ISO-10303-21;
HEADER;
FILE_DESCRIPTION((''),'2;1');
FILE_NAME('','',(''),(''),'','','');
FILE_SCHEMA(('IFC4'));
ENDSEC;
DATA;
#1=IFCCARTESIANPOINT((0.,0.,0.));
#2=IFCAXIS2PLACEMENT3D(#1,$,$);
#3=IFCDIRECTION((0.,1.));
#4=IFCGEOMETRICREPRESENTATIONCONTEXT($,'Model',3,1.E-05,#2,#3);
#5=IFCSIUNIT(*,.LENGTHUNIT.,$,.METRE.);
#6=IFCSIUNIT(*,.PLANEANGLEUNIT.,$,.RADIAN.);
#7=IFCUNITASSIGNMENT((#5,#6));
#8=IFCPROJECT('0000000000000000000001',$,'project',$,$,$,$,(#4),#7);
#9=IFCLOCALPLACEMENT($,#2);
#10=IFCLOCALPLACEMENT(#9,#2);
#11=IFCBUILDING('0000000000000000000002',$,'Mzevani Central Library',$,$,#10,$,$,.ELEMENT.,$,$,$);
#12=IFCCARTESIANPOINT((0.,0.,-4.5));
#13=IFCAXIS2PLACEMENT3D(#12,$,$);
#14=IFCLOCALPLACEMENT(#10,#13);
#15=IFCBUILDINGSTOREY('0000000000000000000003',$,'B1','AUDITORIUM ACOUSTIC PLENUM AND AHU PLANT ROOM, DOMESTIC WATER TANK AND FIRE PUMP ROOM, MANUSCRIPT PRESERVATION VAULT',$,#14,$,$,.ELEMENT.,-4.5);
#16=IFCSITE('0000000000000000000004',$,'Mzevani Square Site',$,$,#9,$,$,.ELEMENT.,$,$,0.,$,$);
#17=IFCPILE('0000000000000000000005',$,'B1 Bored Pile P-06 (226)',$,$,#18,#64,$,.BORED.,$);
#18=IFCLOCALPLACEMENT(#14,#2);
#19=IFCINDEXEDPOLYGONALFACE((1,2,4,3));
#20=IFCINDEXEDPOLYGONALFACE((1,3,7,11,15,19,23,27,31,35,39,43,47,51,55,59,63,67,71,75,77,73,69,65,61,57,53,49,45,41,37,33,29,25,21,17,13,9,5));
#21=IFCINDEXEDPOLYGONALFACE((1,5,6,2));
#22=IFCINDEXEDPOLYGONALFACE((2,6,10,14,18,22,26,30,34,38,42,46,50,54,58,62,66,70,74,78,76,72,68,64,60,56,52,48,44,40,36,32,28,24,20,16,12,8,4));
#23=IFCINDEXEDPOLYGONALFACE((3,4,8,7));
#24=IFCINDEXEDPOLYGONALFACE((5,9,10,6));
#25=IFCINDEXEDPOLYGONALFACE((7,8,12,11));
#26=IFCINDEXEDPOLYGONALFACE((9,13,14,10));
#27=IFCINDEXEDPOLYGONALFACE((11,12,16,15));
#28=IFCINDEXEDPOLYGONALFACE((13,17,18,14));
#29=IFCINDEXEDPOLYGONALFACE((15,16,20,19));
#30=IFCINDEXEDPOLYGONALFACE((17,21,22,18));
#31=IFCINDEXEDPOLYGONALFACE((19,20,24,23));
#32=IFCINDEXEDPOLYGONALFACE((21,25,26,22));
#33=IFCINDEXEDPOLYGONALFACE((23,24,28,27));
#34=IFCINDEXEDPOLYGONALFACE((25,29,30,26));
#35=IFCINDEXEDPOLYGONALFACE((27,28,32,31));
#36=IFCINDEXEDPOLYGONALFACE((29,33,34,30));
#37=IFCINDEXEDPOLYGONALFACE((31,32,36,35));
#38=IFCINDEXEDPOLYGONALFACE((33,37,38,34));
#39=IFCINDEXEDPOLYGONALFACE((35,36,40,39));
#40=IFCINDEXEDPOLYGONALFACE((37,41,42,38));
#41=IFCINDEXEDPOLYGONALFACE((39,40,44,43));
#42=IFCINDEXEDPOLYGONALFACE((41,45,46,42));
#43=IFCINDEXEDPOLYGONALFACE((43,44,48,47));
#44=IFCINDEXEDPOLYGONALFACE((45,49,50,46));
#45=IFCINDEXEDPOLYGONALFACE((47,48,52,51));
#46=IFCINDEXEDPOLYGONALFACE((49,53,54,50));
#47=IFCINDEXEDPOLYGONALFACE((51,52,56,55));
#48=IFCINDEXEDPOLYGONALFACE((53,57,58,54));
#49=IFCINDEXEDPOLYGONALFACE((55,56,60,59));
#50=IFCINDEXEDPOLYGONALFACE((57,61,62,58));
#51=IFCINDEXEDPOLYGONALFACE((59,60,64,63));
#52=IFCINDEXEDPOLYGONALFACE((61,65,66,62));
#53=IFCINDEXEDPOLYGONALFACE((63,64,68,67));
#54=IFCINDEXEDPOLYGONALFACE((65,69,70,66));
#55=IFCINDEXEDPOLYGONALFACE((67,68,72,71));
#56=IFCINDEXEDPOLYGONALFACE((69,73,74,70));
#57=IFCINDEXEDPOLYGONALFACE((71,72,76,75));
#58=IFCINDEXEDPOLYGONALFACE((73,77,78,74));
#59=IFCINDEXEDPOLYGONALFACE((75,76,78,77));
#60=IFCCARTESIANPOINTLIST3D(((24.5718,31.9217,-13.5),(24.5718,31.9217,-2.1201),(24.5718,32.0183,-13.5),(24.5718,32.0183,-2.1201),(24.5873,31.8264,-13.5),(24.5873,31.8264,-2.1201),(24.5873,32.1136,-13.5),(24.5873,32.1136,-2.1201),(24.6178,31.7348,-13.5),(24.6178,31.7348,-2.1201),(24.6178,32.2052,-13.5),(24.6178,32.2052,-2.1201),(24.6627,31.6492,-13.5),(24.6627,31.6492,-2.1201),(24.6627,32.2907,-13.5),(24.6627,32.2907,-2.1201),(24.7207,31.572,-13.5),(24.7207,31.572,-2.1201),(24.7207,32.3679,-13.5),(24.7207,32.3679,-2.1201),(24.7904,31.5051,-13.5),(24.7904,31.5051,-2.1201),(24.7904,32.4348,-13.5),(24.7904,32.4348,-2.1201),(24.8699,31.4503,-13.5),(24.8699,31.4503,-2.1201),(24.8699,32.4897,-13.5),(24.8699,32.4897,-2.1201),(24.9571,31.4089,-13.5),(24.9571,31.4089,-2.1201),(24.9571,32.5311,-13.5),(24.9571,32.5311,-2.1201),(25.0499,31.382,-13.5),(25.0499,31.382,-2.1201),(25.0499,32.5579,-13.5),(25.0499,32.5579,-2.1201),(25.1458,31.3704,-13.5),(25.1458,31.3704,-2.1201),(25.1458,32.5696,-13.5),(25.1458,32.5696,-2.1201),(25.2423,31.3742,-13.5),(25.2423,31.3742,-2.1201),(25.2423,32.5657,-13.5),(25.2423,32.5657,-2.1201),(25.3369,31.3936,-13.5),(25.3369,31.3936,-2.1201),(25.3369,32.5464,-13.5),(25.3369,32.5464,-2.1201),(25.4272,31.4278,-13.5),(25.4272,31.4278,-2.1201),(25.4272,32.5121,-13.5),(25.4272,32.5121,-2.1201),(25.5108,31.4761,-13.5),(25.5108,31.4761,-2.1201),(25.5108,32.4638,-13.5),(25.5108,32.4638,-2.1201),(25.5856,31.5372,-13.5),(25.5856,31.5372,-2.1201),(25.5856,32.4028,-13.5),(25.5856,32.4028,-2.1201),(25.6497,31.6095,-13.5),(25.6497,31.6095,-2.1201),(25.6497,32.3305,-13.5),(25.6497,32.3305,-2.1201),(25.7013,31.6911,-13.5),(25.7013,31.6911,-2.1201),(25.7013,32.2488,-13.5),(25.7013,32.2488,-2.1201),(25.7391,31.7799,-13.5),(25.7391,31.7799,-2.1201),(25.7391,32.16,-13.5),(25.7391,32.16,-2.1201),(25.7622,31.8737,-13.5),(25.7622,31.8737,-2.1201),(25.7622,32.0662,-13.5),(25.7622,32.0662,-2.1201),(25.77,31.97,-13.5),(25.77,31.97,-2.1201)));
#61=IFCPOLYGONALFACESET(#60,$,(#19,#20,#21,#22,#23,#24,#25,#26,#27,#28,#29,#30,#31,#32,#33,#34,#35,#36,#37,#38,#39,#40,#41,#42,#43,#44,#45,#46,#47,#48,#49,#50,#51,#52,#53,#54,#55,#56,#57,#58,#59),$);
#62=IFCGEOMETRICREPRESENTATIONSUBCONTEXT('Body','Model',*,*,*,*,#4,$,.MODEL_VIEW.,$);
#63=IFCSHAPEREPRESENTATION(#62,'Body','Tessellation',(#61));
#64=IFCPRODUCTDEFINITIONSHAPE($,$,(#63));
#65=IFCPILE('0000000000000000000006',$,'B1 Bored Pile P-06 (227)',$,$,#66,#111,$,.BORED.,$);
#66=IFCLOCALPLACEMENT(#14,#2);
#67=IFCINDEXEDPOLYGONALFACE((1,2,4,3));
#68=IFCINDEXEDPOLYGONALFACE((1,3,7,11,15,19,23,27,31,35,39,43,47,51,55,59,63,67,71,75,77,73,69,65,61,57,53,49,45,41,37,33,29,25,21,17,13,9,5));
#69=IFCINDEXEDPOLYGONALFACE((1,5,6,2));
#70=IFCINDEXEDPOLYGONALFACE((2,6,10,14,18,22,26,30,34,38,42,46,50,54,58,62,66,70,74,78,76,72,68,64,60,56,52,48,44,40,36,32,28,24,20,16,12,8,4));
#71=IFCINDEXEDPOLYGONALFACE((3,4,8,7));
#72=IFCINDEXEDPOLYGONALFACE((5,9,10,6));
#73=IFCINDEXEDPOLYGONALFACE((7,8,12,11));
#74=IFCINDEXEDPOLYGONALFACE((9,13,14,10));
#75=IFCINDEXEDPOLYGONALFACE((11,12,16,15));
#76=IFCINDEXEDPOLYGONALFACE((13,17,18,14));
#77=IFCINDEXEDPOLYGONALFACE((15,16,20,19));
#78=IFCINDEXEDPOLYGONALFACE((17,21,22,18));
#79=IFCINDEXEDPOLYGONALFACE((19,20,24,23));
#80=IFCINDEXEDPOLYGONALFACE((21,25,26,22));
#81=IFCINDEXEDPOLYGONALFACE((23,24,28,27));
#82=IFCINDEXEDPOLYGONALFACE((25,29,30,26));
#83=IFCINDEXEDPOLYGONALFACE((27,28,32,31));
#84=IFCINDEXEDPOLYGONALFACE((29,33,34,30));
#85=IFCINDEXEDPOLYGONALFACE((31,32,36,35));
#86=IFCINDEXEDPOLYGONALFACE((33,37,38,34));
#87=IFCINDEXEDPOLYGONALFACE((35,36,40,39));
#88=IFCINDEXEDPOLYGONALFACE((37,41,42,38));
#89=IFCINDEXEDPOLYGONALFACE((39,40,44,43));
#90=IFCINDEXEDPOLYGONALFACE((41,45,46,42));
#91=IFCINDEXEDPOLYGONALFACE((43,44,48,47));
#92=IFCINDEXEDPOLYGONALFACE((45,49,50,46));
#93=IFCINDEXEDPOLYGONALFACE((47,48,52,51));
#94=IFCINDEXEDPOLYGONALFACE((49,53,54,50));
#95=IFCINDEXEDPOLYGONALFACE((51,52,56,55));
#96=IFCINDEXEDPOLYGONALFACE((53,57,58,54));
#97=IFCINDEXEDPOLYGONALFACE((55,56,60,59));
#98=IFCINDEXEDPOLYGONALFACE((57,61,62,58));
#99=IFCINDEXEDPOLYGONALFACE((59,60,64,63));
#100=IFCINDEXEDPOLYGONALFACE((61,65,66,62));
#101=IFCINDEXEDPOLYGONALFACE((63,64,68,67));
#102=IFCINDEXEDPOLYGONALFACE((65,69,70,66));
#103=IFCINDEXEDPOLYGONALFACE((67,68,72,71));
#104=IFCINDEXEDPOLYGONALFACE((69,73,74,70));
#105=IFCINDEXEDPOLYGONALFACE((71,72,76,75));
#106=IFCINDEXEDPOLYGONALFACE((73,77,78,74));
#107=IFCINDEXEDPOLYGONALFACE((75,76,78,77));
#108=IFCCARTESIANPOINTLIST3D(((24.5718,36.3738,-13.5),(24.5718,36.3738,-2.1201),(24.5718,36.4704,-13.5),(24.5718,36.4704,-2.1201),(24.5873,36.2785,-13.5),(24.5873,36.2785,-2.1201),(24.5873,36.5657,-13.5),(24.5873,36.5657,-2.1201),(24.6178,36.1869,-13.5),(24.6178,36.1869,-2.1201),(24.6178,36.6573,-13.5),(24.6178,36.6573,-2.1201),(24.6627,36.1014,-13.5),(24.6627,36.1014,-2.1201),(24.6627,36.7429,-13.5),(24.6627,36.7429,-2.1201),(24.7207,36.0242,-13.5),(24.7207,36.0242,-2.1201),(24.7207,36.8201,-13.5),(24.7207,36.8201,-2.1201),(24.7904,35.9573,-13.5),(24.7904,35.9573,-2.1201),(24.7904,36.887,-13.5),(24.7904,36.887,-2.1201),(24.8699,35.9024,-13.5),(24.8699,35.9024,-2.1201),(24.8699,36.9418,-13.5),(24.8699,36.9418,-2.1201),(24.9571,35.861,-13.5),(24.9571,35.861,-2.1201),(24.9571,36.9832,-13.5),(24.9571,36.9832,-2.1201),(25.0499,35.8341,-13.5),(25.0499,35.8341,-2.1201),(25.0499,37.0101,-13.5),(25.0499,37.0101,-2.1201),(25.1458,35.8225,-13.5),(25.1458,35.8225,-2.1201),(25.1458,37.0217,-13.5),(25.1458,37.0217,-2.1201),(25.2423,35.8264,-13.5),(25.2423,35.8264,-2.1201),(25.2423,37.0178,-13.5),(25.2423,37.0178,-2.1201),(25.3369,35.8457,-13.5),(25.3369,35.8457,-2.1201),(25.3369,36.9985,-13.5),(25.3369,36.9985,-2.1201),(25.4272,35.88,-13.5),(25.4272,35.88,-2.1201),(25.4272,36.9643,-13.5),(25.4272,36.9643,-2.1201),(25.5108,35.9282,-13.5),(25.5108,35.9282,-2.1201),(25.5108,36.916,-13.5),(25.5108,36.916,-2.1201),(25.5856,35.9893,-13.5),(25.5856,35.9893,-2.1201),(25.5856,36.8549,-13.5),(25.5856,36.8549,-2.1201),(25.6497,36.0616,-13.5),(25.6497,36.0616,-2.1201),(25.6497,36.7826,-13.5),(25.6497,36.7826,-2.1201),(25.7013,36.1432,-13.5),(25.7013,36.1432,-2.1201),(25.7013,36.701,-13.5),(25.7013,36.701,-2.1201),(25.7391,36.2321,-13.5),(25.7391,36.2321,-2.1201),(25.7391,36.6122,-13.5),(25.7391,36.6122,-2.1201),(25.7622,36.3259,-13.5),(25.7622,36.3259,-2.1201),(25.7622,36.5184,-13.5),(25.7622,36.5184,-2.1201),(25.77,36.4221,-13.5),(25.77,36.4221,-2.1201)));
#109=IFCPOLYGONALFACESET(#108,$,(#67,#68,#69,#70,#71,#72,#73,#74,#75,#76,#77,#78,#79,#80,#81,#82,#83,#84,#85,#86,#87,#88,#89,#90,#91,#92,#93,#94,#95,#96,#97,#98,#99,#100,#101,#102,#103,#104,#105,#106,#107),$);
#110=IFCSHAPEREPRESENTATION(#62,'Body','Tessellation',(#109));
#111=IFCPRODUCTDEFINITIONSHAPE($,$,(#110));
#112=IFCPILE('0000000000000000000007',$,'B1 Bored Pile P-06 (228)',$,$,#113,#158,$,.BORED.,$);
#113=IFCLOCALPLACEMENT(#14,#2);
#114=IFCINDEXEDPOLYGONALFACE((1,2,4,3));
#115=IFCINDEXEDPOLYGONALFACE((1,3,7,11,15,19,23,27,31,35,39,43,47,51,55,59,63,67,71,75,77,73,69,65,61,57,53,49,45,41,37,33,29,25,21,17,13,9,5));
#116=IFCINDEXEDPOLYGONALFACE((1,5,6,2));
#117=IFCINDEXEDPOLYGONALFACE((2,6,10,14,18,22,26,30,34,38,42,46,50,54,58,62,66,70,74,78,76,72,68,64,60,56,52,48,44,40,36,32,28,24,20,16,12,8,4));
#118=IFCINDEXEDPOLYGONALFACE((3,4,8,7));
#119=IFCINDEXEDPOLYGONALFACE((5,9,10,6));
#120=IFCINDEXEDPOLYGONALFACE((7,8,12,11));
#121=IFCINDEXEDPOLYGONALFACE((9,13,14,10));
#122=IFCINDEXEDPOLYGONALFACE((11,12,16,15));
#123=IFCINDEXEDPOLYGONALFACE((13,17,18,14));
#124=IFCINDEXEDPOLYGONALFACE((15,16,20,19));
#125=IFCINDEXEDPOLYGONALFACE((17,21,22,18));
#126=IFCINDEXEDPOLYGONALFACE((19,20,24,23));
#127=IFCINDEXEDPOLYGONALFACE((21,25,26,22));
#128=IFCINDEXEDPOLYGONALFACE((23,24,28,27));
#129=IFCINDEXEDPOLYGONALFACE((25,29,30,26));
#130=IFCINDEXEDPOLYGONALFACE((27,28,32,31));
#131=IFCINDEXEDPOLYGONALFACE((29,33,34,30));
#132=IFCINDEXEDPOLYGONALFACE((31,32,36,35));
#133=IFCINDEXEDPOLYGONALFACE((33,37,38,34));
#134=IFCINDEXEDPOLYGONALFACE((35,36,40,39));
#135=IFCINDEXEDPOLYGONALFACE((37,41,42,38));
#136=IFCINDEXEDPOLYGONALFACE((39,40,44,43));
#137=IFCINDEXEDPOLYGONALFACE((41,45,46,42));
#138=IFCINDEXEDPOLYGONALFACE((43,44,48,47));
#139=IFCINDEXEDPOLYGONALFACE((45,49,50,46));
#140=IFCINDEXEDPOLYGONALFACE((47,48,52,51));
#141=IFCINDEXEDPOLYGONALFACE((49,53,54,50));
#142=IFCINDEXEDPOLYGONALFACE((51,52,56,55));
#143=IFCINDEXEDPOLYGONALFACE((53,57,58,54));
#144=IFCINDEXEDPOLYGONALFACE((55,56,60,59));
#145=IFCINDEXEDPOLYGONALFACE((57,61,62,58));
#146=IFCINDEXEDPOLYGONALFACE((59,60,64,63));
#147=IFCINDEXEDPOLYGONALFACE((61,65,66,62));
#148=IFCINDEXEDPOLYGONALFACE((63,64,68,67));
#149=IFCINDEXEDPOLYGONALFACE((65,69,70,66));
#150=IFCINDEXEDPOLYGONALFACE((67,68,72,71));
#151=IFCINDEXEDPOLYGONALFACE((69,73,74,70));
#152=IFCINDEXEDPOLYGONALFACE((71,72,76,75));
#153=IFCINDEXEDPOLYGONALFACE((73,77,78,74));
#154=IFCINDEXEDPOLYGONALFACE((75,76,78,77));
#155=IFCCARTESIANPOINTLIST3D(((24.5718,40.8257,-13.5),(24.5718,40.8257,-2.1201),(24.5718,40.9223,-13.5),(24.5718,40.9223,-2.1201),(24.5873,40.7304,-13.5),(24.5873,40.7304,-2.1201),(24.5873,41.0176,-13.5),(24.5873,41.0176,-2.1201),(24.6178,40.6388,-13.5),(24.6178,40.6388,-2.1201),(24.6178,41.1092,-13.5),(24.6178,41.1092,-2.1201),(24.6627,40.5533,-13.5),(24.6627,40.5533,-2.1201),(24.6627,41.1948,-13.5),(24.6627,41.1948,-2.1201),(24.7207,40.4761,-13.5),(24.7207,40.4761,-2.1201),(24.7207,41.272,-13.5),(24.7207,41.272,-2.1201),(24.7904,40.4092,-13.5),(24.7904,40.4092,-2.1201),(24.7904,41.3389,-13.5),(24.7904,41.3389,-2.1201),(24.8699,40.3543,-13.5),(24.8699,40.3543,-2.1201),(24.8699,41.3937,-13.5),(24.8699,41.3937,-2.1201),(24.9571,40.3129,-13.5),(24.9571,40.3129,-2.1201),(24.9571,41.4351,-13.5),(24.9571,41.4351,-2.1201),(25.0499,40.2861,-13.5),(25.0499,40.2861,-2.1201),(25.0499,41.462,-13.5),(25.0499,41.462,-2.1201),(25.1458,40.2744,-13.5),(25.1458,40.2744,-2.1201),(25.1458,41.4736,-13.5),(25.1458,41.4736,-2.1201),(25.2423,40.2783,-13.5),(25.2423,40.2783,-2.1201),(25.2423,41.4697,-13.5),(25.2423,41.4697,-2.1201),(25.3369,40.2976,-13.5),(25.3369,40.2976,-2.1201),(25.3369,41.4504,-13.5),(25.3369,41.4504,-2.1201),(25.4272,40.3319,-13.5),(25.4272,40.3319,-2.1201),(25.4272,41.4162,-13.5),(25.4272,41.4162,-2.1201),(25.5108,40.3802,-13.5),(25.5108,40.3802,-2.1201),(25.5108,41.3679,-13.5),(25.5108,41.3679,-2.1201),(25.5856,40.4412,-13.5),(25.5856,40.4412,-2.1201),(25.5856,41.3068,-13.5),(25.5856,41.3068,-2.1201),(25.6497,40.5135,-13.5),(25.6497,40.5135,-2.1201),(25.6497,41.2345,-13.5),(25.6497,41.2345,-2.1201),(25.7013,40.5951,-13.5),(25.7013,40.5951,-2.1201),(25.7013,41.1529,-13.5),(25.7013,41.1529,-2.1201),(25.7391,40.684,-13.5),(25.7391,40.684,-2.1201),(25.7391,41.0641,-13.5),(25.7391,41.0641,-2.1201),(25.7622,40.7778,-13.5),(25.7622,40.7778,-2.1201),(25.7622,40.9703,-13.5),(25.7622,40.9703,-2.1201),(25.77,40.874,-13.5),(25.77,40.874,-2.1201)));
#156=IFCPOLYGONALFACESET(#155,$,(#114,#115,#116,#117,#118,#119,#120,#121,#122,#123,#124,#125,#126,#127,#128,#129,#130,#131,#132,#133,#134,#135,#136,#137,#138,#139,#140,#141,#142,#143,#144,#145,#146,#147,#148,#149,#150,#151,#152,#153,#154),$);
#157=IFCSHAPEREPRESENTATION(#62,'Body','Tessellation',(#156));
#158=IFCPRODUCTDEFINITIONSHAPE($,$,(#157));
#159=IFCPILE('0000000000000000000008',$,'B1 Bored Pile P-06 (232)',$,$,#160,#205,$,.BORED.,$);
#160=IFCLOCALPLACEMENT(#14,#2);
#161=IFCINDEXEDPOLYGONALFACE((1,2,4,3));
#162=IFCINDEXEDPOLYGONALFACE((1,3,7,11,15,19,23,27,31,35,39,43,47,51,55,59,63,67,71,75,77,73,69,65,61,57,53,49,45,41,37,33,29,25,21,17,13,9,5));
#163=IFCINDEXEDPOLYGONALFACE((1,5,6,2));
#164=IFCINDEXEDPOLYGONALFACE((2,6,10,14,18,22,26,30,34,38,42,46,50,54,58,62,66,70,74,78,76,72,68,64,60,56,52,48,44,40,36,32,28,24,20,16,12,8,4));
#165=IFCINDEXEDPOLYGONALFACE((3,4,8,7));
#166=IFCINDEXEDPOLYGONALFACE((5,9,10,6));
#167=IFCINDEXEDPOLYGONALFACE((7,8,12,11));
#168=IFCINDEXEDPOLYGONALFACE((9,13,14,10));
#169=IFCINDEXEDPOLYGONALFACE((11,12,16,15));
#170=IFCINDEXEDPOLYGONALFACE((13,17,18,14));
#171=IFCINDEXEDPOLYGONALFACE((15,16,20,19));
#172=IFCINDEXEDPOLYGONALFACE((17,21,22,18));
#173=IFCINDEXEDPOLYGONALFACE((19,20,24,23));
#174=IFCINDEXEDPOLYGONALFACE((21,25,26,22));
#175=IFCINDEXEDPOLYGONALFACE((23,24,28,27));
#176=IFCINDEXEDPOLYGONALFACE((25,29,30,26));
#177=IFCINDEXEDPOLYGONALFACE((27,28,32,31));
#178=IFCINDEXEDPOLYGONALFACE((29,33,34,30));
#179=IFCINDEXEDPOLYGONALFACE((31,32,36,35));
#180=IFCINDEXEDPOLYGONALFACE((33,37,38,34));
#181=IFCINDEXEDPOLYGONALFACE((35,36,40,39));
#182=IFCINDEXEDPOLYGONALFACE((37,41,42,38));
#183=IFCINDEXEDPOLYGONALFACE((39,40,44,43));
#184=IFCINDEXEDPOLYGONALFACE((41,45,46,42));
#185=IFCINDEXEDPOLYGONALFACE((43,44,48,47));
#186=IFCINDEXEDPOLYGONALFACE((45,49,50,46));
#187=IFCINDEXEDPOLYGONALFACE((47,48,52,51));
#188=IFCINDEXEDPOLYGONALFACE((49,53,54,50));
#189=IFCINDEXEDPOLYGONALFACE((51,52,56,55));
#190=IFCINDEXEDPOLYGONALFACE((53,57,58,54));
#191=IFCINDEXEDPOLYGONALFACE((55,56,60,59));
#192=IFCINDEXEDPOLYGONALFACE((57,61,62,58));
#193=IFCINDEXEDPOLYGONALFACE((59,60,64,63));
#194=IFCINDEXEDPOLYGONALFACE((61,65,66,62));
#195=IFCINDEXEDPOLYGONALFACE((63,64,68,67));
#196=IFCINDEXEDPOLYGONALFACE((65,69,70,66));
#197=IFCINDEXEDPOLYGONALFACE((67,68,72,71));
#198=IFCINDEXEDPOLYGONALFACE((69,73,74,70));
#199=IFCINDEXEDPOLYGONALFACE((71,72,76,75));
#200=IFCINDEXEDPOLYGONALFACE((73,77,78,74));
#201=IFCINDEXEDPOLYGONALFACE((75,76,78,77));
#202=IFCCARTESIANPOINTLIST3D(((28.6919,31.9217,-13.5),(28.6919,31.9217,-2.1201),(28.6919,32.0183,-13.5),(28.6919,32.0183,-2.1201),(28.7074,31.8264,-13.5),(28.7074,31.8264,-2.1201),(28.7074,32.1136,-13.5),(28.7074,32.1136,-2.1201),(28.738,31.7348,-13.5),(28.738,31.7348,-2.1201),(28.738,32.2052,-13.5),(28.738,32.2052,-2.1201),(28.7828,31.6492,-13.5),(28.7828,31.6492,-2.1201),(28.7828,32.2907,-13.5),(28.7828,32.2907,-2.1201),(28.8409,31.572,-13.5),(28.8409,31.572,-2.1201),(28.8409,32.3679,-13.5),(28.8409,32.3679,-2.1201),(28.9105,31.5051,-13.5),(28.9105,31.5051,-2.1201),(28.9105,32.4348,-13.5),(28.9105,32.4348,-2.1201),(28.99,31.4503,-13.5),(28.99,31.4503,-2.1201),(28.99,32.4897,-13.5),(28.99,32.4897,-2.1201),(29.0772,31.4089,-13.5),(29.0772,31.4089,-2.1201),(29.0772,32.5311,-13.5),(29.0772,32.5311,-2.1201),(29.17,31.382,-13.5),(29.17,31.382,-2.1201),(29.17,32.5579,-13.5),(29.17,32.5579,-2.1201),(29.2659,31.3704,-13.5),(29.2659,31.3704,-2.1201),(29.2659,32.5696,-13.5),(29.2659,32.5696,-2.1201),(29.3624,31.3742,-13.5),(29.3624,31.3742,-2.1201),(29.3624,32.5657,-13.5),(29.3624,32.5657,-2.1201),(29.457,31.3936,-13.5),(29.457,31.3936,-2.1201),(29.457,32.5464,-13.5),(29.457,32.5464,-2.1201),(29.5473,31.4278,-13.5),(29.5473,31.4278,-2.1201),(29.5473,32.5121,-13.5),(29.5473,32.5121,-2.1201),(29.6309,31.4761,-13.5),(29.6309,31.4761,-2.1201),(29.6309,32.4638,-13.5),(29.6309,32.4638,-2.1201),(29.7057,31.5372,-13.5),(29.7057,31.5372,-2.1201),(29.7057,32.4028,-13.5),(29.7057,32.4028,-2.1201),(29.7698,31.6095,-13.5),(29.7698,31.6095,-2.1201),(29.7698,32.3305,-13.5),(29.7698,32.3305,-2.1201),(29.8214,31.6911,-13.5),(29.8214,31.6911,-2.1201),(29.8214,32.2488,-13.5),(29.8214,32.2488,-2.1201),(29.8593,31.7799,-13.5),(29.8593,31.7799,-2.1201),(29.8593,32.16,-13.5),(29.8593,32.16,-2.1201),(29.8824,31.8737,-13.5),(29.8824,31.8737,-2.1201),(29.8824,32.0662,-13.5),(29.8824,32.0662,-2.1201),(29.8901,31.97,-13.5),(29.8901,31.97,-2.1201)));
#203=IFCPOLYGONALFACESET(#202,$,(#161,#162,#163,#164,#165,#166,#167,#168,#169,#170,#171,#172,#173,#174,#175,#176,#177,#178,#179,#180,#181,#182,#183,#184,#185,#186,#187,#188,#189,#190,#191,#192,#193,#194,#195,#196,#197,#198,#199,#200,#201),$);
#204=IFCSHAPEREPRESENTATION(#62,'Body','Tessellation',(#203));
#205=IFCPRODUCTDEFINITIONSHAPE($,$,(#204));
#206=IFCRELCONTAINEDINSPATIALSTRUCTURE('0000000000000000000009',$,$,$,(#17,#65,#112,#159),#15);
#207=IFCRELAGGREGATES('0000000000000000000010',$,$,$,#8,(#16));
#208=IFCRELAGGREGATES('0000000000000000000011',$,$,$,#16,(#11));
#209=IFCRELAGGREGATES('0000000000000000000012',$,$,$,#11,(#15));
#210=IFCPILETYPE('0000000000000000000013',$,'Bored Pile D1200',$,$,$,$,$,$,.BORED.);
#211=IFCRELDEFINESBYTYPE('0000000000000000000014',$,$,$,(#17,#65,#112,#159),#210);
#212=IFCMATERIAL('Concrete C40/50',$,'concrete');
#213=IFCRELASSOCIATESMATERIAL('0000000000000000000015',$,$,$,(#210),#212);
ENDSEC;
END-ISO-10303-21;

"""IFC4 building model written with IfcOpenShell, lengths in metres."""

from ifc_helpers import new_model, si_unit, direction, frame, origin, origin_2d, place, context, subcontext, project, spatial, circle, extrude, material, material_profile, profile_set, type_object, element, save


model = new_model("IFC4")

# Units and contexts
model_context = context("Model", 3, precision=1e-05, world=origin(), true_north=direction((0.0, 1.0)))
body_context = subcontext(model_context, "Body", "Model", "MODEL_VIEW")
ifc_project = project(units=[si_unit("LENGTHUNIT", "METRE"), si_unit("PLANEANGLEUNIT", "RADIAN")], contexts=[model_context])

# Site, building, storey
site_placement = place(None, origin())
site = spatial("IfcSite", under=ifc_project, at=site_placement, Name="Mzevani Square Site", CompositionType="ELEMENT", RefElevation=0.0)
building_placement = place(site_placement, origin())
building = spatial("IfcBuilding", under=site, at=building_placement, Name="Mzevani Central Library", CompositionType="ELEMENT")
storey_placement = place(building_placement, frame((0.0, 0.0, -4.5)))
storey = spatial("IfcBuildingStorey", under=building, at=storey_placement, Name="B1", Description="AUDITORIUM ACOUSTIC PLENUM AND AHU PLANT ROOM, DOMESTIC WATER TANK AND FIRE PUMP ROOM, MANUSCRIPT PRESERVATION VAULT", CompositionType="ELEMENT", Elevation=-4.5)

# Piles
ifc_material_1 = material(Name="Concrete C40/50", Category="concrete")
ifc_material_profile_1 = material_profile(ifc_material_1, circle(Radius=0.6001, at=origin_2d()), Name="PILE D1200")
ifc_profile_set_1 = profile_set([ifc_material_profile_1], Name="Concrete C40/50")
pile_type = type_object("IfcPileType", Name="Bored Pile D1200", PredefinedType="BORED", material=ifc_profile_set_1)
for number, where, z_axis, x_axis, name in (
    (1, (25.1699, 31.97, -2.1201), (0.0, 0.0, -1.0), (1.0, 0.0, 0.0), "B1 Bored Pile P-06 (226)"),
    (2, (25.1699, 36.4221, -2.1201), (0.0, 0.0, -1.0), (1.0, 0.0, 0.0), "B1 Bored Pile P-06 (227)"),
    (3, (25.1699, 40.874, -2.1201), (0.0, 0.0, -1.0), (1.0, 0.0, 0.0), "B1 Bored Pile P-06 (228)"),
    (4, (29.29, 31.97, -2.1201), (0.0, 0.0, -1.0), (1.0, 0.0, 0.0), "B1 Bored Pile P-06 (232)"),
):
    element("IfcPile", number, at=place(storey_placement, frame(where, z_axis=z_axis, x_axis=x_axis)), inside=storey, type_object=pile_type, Name=name, PredefinedType="BORED", context=body_context, shape_type="SweptSolid", body=[
        extrude(circle(Radius=0.6001, at=origin_2d()), origin(), (0.0, 0.0, 1.0), 11.3799),
    ])

save(model, "model.ifc")
